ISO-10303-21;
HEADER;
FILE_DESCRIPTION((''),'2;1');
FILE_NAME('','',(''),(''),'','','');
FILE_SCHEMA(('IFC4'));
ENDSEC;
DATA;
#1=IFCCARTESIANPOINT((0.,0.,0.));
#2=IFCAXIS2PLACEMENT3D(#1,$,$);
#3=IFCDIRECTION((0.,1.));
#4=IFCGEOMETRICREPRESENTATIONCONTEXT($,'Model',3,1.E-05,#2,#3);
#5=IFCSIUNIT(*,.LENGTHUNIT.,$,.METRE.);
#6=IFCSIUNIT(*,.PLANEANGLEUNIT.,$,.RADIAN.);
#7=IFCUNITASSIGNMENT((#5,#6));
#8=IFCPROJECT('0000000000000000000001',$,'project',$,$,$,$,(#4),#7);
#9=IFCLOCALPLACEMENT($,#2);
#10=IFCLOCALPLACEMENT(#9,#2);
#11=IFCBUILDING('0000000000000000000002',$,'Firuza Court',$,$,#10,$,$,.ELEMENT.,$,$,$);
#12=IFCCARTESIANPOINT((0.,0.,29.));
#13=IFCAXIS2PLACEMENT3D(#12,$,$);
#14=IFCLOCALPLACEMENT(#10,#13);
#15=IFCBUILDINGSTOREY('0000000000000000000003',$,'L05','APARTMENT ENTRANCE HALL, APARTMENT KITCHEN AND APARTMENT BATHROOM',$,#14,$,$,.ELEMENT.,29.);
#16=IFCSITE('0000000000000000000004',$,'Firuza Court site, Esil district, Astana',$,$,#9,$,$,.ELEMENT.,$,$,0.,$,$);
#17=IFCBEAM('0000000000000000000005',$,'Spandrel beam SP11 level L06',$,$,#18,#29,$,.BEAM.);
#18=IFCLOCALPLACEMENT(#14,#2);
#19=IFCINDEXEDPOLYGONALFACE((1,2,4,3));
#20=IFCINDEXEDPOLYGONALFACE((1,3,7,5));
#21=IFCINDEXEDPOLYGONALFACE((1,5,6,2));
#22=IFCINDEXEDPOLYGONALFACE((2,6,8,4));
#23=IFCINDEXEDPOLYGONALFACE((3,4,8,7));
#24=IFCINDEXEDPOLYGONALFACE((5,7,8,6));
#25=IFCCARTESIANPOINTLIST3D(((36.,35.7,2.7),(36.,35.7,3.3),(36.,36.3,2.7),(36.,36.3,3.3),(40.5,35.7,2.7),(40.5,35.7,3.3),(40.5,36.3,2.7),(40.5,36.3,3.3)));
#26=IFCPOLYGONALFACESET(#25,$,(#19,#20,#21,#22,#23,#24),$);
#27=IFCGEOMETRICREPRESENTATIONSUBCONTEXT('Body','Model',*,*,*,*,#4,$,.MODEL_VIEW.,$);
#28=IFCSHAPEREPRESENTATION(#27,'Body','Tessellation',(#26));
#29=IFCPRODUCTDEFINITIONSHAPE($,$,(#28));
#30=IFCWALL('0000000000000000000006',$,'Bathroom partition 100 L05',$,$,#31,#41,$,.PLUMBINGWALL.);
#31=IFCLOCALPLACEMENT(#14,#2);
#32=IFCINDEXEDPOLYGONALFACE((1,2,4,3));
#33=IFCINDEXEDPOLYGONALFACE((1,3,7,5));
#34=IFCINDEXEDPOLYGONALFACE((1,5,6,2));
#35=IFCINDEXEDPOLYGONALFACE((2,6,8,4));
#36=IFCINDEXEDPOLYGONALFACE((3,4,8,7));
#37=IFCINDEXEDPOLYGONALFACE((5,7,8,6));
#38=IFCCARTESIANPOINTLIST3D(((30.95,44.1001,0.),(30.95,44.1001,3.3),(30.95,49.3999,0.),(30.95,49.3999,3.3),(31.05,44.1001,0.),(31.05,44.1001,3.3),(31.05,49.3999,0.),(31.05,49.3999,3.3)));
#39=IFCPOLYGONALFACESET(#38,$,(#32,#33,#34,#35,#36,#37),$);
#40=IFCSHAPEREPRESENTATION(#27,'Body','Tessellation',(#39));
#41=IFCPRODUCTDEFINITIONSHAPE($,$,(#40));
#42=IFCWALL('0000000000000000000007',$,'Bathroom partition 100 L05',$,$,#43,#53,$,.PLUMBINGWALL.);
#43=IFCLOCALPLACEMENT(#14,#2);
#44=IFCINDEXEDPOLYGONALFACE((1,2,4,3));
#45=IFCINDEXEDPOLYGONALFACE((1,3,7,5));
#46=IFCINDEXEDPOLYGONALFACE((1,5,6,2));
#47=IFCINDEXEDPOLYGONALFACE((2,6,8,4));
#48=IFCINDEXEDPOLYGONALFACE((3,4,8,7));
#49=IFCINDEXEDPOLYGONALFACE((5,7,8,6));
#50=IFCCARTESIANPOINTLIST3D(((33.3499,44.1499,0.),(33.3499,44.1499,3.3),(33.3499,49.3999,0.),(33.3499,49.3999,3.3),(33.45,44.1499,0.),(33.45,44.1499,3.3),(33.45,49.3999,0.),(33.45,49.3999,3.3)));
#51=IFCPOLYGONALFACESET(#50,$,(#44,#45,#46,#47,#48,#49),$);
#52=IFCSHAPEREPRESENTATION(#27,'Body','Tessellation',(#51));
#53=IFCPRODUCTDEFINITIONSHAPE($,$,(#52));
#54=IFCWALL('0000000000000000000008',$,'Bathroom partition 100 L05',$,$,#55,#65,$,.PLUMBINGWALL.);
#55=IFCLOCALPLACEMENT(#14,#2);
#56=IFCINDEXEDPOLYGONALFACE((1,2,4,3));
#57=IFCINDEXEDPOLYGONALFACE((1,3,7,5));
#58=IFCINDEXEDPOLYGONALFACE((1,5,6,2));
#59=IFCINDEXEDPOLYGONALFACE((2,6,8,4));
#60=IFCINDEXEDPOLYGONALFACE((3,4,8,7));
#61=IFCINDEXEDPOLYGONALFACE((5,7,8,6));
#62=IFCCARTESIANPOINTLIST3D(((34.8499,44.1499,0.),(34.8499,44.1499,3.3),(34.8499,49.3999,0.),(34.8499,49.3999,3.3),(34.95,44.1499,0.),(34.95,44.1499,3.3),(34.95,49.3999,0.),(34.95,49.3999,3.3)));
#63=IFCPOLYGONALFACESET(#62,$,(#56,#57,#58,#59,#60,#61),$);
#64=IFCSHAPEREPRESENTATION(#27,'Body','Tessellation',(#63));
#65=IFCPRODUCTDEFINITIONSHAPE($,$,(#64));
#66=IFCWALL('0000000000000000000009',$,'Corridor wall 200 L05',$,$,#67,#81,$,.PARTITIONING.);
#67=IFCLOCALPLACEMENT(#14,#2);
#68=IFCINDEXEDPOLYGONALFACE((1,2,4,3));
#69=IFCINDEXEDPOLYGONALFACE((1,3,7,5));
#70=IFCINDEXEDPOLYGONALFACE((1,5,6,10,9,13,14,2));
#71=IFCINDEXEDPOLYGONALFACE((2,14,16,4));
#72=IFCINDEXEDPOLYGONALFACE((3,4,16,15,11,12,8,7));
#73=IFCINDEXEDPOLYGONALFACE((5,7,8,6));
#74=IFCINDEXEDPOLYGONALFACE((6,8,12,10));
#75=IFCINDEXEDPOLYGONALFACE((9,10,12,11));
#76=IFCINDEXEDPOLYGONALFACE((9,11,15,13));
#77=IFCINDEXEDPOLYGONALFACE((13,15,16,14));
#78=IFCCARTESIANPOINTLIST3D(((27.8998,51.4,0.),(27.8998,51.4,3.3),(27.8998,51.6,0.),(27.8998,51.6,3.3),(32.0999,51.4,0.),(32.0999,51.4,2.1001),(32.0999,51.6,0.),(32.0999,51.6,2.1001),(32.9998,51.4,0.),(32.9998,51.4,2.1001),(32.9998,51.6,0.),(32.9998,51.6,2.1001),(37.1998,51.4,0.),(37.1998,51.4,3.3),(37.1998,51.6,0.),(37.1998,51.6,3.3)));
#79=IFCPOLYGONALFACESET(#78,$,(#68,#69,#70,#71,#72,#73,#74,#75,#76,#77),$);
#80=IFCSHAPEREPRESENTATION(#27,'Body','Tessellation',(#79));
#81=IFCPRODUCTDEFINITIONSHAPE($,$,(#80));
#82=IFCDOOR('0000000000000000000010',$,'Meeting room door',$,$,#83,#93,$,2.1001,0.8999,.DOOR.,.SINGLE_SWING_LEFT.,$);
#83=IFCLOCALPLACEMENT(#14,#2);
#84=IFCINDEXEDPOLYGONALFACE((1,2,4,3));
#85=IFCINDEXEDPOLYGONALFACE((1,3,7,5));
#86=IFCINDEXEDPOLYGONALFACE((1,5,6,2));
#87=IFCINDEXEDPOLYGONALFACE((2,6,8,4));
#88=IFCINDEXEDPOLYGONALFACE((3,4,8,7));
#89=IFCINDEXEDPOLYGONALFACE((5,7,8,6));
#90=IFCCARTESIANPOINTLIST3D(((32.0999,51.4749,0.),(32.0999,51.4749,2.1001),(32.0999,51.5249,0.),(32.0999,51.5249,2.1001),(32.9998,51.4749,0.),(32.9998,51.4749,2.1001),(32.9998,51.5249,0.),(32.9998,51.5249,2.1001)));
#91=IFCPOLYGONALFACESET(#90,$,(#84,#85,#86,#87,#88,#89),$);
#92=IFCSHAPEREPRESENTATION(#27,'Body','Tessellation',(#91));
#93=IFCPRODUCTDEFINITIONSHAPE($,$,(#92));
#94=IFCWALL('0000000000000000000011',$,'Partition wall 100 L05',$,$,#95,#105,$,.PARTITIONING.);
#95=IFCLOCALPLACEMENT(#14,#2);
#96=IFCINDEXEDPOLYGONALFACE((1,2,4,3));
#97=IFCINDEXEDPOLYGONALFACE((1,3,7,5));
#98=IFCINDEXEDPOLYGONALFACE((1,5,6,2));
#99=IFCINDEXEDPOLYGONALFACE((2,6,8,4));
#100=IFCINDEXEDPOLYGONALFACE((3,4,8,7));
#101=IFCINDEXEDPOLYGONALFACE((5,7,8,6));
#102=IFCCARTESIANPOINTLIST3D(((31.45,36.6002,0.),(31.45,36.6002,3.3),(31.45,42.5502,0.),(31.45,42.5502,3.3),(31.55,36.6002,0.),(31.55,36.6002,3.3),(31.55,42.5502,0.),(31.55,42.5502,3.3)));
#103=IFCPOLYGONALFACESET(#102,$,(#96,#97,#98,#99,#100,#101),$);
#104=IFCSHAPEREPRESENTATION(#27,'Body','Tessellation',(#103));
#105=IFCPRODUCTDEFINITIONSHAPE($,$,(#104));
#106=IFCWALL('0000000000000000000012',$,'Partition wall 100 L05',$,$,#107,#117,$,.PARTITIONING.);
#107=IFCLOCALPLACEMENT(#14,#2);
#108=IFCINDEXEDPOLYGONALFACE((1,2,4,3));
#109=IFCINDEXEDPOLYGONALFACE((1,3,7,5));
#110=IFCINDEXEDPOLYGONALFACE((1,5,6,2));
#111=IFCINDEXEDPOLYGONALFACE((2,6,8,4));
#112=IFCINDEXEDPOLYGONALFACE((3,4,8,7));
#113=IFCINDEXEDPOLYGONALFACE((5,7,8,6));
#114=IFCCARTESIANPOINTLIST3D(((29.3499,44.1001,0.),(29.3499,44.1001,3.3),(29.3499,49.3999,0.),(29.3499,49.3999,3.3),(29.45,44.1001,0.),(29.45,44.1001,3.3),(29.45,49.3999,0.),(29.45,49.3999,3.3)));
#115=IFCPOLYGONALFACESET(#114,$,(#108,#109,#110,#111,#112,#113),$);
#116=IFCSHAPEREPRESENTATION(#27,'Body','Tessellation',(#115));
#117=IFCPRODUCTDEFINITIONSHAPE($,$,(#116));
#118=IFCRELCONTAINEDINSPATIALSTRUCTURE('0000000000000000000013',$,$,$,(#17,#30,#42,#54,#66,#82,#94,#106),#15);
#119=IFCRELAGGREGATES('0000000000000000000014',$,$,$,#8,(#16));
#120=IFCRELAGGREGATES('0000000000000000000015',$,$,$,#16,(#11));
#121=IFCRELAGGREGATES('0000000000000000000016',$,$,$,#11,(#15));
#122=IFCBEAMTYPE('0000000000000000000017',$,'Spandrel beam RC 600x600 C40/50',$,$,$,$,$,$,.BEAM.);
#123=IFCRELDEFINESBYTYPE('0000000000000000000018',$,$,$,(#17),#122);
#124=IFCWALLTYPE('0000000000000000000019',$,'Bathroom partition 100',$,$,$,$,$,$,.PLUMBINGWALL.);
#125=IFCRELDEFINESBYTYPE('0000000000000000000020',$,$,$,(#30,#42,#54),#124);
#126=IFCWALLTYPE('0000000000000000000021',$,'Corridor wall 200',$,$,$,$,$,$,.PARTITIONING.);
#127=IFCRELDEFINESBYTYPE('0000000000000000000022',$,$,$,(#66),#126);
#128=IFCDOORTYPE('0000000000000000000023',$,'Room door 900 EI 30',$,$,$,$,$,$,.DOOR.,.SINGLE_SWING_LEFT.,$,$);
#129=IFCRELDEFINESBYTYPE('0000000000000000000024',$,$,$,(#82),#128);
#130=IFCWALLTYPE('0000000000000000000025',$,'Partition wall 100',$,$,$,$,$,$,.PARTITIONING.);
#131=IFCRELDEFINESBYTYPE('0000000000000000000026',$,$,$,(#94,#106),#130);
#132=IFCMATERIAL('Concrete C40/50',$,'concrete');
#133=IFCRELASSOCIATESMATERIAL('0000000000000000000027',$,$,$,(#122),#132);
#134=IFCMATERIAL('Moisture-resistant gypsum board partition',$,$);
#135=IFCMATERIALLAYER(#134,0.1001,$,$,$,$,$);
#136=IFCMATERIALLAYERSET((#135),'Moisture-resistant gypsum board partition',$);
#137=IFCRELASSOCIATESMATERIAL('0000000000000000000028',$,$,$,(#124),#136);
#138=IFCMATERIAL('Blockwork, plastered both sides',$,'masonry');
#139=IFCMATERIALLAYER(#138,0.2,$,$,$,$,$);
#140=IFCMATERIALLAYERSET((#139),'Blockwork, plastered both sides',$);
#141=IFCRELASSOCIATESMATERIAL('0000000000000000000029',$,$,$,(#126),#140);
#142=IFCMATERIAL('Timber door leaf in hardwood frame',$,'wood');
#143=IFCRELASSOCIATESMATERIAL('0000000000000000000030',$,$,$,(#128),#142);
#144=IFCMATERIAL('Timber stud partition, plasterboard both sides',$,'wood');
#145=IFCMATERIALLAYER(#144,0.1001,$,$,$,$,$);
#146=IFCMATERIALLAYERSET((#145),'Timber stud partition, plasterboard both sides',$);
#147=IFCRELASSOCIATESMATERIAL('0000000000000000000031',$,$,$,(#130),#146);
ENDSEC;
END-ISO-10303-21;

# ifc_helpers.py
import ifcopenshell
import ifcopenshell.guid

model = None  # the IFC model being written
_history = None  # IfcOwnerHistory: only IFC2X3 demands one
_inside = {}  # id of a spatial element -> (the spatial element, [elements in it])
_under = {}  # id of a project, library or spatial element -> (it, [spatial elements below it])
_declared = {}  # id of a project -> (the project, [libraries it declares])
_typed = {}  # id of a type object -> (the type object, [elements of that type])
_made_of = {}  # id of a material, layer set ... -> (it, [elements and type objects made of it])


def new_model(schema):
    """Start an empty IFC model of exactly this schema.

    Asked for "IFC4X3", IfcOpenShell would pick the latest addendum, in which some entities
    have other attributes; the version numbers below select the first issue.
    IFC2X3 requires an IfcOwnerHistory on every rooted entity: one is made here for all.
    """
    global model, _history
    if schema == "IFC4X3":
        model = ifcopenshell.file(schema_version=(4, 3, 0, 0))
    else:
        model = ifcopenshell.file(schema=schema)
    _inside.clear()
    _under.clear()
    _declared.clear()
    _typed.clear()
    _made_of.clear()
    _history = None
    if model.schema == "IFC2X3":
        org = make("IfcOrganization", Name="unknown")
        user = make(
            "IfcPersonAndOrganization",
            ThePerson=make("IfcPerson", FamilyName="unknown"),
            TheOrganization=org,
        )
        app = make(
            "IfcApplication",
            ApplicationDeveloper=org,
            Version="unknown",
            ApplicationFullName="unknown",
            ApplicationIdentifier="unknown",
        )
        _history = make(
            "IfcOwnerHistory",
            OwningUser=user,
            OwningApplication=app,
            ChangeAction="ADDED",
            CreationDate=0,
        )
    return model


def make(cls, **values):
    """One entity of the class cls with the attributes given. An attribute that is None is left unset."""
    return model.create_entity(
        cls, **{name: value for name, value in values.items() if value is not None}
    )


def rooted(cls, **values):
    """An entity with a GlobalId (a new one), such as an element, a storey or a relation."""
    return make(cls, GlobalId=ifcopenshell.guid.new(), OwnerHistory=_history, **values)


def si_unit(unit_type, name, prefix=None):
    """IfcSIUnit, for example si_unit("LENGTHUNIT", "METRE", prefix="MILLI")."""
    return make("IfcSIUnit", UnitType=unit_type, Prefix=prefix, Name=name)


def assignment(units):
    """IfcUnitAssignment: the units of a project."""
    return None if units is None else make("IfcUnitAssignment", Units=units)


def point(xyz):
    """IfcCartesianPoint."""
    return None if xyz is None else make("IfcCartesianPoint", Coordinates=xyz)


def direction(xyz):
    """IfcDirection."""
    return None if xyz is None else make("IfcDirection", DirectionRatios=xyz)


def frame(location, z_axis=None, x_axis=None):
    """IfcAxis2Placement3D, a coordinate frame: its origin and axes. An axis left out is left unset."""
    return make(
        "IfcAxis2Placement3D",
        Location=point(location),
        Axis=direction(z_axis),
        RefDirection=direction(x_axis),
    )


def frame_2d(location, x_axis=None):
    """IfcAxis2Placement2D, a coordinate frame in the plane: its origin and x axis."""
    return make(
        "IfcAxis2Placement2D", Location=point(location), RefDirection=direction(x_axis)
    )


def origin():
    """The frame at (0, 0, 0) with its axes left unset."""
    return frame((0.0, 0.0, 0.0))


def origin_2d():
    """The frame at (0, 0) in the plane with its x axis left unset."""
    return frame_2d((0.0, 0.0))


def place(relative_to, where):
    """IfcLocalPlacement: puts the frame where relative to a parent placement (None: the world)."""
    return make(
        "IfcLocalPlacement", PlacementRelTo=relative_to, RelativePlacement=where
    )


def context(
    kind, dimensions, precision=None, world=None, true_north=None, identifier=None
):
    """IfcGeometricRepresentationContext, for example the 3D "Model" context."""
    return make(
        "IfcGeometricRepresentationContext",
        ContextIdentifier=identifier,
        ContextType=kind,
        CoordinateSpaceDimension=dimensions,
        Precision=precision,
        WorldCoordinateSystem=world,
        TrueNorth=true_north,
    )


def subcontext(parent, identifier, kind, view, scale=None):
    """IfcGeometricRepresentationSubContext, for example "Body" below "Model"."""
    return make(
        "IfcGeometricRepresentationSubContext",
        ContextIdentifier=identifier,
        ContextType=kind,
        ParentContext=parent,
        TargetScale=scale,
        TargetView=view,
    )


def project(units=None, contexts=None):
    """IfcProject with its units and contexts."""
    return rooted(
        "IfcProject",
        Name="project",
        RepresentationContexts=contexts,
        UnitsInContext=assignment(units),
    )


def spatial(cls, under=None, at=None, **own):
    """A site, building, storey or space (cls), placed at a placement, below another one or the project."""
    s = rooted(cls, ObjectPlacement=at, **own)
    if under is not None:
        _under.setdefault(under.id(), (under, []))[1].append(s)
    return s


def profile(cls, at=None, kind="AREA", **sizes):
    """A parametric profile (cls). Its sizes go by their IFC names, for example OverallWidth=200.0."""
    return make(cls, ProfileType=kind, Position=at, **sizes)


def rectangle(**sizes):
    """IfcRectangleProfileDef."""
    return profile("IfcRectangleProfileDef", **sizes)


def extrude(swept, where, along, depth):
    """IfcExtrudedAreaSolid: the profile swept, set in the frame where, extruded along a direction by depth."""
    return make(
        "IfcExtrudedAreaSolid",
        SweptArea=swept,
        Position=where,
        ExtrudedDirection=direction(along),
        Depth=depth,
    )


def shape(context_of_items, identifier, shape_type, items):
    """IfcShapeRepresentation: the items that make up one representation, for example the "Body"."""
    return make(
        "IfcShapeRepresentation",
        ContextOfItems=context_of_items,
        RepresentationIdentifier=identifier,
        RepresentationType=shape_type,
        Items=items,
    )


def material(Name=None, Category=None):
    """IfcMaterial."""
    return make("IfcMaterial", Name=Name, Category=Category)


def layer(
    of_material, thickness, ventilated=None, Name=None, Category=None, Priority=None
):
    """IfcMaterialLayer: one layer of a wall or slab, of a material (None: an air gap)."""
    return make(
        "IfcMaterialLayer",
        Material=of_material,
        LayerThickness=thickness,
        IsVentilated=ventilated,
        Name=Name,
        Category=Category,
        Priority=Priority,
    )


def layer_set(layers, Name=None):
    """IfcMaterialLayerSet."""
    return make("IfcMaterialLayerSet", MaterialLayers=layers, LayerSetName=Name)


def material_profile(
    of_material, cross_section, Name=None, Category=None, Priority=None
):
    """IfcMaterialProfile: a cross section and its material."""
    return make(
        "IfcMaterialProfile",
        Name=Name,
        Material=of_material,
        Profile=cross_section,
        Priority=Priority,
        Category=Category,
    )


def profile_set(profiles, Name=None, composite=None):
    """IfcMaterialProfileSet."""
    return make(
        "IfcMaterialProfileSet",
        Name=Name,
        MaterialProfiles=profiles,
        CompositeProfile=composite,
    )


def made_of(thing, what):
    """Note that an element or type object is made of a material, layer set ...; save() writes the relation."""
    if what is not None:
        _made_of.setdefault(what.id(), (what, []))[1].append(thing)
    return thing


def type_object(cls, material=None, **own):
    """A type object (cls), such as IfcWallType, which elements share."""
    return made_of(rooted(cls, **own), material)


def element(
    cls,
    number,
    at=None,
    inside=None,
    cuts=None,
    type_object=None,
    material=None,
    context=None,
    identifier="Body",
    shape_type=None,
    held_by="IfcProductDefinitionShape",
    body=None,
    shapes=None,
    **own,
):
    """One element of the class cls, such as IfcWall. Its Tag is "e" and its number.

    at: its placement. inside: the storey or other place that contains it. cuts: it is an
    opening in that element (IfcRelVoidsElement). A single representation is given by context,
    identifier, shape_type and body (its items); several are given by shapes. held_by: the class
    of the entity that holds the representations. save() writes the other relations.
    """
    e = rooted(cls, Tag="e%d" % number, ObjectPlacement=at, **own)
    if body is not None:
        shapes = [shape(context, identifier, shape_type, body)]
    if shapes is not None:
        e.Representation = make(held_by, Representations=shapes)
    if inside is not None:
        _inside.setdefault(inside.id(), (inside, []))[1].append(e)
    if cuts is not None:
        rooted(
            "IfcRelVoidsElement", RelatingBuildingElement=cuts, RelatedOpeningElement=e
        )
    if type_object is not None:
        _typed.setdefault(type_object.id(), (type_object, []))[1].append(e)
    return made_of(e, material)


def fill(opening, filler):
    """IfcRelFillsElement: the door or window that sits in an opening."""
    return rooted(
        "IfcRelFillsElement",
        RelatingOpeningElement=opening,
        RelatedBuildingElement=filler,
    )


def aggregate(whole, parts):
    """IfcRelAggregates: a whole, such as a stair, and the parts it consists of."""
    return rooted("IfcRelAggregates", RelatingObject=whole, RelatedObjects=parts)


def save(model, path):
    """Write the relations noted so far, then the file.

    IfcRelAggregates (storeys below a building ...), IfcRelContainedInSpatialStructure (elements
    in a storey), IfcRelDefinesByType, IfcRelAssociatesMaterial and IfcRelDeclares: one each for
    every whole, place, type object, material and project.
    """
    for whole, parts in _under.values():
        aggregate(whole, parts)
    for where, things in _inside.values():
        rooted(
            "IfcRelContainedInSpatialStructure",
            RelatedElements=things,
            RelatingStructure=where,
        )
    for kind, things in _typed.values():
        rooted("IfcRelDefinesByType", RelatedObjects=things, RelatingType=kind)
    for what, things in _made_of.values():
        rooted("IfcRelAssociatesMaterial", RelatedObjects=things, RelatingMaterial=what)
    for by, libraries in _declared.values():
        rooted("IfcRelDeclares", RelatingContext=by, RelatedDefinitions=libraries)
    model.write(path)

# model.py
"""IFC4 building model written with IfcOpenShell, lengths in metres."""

from ifc_helpers import new_model, si_unit, direction, frame, frame_2d, origin, origin_2d, place, context, subcontext, project, spatial, rectangle, extrude, material, layer, layer_set, material_profile, profile_set, type_object, element, fill, save


model = new_model("IFC4")

# Units and contexts
model_context = context("Model", 3, precision=1e-05, world=origin(), true_north=direction((0.0, 1.0)))
body_context = subcontext(model_context, "Body", "Model", "MODEL_VIEW")
ifc_project = project(units=[si_unit("LENGTHUNIT", "METRE"), si_unit("PLANEANGLEUNIT", "RADIAN")], contexts=[model_context])

# Site, building, storey
site_placement = place(None, origin())
site = spatial("IfcSite", under=ifc_project, at=site_placement, Name="Firuza Court site, Esil district, Astana", CompositionType="ELEMENT", RefElevation=0.0)
building_placement = place(site_placement, origin())
building = spatial("IfcBuilding", under=site, at=building_placement, Name="Firuza Court", CompositionType="ELEMENT")
storey_placement = place(building_placement, frame((0.0, 0.0, 29.0)))
storey = spatial("IfcBuildingStorey", under=building, at=storey_placement, Name="L05", Description="APARTMENT ENTRANCE HALL, APARTMENT KITCHEN AND APARTMENT BATHROOM", CompositionType="ELEMENT", Elevation=29.0)

# Beam
ifc_material_1 = material(Name="Concrete C40/50", Category="concrete")
ifc_material_profile_1 = material_profile(ifc_material_1, rectangle(XDim=0.6001, YDim=0.6001, at=origin_2d()), Name="RC 600x600")
ifc_profile_set_1 = profile_set([ifc_material_profile_1], Name="Concrete C40/50")
beam_type_1 = type_object("IfcBeamType", Name="Spandrel beam RC 600x600 C40/50", PredefinedType="BEAM", material=ifc_profile_set_1)
for number, where, z_axis, x_axis, name in (
    (1, (36.0, 36.0, 3.0), (1.0, 0.0, 0.0), (0.0, 1.0, 0.0), "Spandrel beam SP11 level L06"),
):
    element("IfcBeam", number, at=place(storey_placement, frame(where, z_axis=z_axis, x_axis=x_axis)), inside=storey, type_object=beam_type_1, Name=name, PredefinedType="BEAM", context=body_context, shape_type="SweptSolid", body=[
        extrude(rectangle(XDim=0.6001, YDim=0.6001, at=origin_2d()), origin(), (0.0, 0.0, 1.0), 4.5),
    ])

# Walls
ifc_material_2 = material(Name="Moisture-resistant gypsum board partition")
ifc_layer_1 = layer(ifc_material_2, 0.1001)
ifc_layer_set_1 = layer_set([ifc_layer_1], Name="Moisture-resistant gypsum board partition")
wall_type_1 = type_object("IfcWallType", Name="Bathroom partition 100", PredefinedType="PLUMBINGWALL", material=ifc_layer_set_1)
wall_1_placement = place(storey_placement, frame((31.0, 44.1001, 0.0), z_axis=(0.0, 0.0, 1.0), x_axis=(0.0, 1.0, 0.0)))
element("IfcWall", 2, at=wall_1_placement, inside=storey, type_object=wall_type_1, Name="Bathroom partition 100 L05", PredefinedType="PLUMBINGWALL", context=body_context, shape_type="SweptSolid", body=[
    extrude(rectangle(XDim=5.2998, YDim=0.1001, at=frame_2d((2.6499, 0.0))), origin(), (0.0, 0.0, 1.0), 3.3),
])
for number, where, z_axis, x_axis, name in (
    (3, (33.3999, 44.1499, 0.0), (0.0, 0.0, 1.0), (0.0, 1.0, 0.0), "Bathroom partition 100 L05"),
    (4, (34.8999, 44.1499, 0.0), (0.0, 0.0, 1.0), (0.0, 1.0, 0.0), "Bathroom partition 100 L05"),
):
    element("IfcWall", number, at=place(storey_placement, frame(where, z_axis=z_axis, x_axis=x_axis)), inside=storey, type_object=wall_type_1, Name=name, PredefinedType="PLUMBINGWALL", context=body_context, shape_type="SweptSolid", body=[
        extrude(rectangle(XDim=5.25, YDim=0.1001, at=frame_2d((2.625, 0.0))), origin(), (0.0, 0.0, 1.0), 3.3),
    ])

# Wall, opening, door
ifc_material_3 = material(Name="Blockwork, plastered both sides", Category="masonry")
ifc_layer_2 = layer(ifc_material_3, 0.2)
ifc_layer_set_2 = layer_set([ifc_layer_2], Name="Blockwork, plastered both sides")
wall_type_2 = type_object("IfcWallType", Name="Corridor wall 200", PredefinedType="PARTITIONING", material=ifc_layer_set_2)
wall_2_placement = place(storey_placement, frame((27.8999, 51.5, 0.0), z_axis=(0.0, 0.0, 1.0), x_axis=(1.0, 0.0, 0.0)))
wall_2 = element("IfcWall", 5, at=wall_2_placement, inside=storey, type_object=wall_type_2, Name="Corridor wall 200 L05", PredefinedType="PARTITIONING", context=body_context, shape_type="SweptSolid", body=[
    extrude(rectangle(XDim=9.3, YDim=0.2, at=frame_2d((4.6499, 0.0))), origin(), (0.0, 0.0, 1.0), 3.3),
])
opening_1_placement = place(wall_2_placement, frame((4.2, 0.0, 0.0)))
opening_1 = element("IfcOpeningElement", 6, at=opening_1_placement, cuts=wall_2, PredefinedType="OPENING", context=body_context, shape_type="SweptSolid", body=[
    extrude(rectangle(XDim=0.8999, YDim=2.1001, at=frame_2d((0.45, 1.05))), frame((0.0, 0.1118, 0.0), z_axis=(0.0, -1.0, 0.0), x_axis=(1.0, 0.0, 0.0)), (0.0, 0.0, 1.0), 0.2239),
])
ifc_material_4 = material(Name="Timber door leaf in hardwood frame", Category="wood")
door_type_1 = type_object("IfcDoorType", Name="Room door 900 EI 30", OperationType="SINGLE_SWING_LEFT", PredefinedType="DOOR", material=ifc_material_4)
door_1_placement = place(opening_1_placement, origin())
door_1 = element("IfcDoor", 7, at=door_1_placement, inside=storey, type_object=door_type_1, Name="Meeting room door", OperationType="SINGLE_SWING_LEFT", OverallHeight=2.1001, OverallWidth=0.8999, PredefinedType="DOOR", context=body_context, shape_type="SweptSolid", body=[
    extrude(rectangle(XDim=0.8999, YDim=2.1001, at=frame_2d((0.45, 1.05))), frame((0.0, 0.0249, 0.0), z_axis=(0.0, -1.0, 0.0), x_axis=(1.0, 0.0, 0.0)), (0.0, 0.0, 1.0), 0.05),
])
fill(opening_1, door_1)

# Walls
ifc_material_5 = material(Name="Timber stud partition, plasterboard both sides", Category="wood")
ifc_layer_3 = layer(ifc_material_5, 0.1001)
ifc_layer_set_3 = layer_set([ifc_layer_3], Name="Timber stud partition, plasterboard both sides")
wall_type_3 = type_object("IfcWallType", Name="Partition wall 100", PredefinedType="PARTITIONING", material=ifc_layer_set_3)
wall_3_placement = place(storey_placement, frame((31.5, 36.6001, 0.0), z_axis=(0.0, 0.0, 1.0), x_axis=(0.0, 1.0, 0.0)))
element("IfcWall", 8, at=wall_3_placement, inside=storey, type_object=wall_type_3, Name="Partition wall 100 L05", PredefinedType="PARTITIONING", context=body_context, shape_type="SweptSolid", body=[
    extrude(rectangle(XDim=5.95, YDim=0.1001, at=frame_2d((2.9751, 0.0))), origin(), (0.0, 0.0, 1.0), 3.3),
])
wall_4_placement = place(storey_placement, frame((29.3999, 44.1001, 0.0), z_axis=(0.0, 0.0, 1.0), x_axis=(0.0, 1.0, 0.0)))
element("IfcWall", 9, at=wall_4_placement, inside=storey, type_object=wall_type_3, Name="Partition wall 100 L05", PredefinedType="PARTITIONING", context=body_context, shape_type="SweptSolid", body=[
    extrude(rectangle(XDim=5.2998, YDim=0.1001, at=frame_2d((2.6499, 0.0))), origin(), (0.0, 0.0, 1.0), 3.3),
])

save(model, "model.ifc")
